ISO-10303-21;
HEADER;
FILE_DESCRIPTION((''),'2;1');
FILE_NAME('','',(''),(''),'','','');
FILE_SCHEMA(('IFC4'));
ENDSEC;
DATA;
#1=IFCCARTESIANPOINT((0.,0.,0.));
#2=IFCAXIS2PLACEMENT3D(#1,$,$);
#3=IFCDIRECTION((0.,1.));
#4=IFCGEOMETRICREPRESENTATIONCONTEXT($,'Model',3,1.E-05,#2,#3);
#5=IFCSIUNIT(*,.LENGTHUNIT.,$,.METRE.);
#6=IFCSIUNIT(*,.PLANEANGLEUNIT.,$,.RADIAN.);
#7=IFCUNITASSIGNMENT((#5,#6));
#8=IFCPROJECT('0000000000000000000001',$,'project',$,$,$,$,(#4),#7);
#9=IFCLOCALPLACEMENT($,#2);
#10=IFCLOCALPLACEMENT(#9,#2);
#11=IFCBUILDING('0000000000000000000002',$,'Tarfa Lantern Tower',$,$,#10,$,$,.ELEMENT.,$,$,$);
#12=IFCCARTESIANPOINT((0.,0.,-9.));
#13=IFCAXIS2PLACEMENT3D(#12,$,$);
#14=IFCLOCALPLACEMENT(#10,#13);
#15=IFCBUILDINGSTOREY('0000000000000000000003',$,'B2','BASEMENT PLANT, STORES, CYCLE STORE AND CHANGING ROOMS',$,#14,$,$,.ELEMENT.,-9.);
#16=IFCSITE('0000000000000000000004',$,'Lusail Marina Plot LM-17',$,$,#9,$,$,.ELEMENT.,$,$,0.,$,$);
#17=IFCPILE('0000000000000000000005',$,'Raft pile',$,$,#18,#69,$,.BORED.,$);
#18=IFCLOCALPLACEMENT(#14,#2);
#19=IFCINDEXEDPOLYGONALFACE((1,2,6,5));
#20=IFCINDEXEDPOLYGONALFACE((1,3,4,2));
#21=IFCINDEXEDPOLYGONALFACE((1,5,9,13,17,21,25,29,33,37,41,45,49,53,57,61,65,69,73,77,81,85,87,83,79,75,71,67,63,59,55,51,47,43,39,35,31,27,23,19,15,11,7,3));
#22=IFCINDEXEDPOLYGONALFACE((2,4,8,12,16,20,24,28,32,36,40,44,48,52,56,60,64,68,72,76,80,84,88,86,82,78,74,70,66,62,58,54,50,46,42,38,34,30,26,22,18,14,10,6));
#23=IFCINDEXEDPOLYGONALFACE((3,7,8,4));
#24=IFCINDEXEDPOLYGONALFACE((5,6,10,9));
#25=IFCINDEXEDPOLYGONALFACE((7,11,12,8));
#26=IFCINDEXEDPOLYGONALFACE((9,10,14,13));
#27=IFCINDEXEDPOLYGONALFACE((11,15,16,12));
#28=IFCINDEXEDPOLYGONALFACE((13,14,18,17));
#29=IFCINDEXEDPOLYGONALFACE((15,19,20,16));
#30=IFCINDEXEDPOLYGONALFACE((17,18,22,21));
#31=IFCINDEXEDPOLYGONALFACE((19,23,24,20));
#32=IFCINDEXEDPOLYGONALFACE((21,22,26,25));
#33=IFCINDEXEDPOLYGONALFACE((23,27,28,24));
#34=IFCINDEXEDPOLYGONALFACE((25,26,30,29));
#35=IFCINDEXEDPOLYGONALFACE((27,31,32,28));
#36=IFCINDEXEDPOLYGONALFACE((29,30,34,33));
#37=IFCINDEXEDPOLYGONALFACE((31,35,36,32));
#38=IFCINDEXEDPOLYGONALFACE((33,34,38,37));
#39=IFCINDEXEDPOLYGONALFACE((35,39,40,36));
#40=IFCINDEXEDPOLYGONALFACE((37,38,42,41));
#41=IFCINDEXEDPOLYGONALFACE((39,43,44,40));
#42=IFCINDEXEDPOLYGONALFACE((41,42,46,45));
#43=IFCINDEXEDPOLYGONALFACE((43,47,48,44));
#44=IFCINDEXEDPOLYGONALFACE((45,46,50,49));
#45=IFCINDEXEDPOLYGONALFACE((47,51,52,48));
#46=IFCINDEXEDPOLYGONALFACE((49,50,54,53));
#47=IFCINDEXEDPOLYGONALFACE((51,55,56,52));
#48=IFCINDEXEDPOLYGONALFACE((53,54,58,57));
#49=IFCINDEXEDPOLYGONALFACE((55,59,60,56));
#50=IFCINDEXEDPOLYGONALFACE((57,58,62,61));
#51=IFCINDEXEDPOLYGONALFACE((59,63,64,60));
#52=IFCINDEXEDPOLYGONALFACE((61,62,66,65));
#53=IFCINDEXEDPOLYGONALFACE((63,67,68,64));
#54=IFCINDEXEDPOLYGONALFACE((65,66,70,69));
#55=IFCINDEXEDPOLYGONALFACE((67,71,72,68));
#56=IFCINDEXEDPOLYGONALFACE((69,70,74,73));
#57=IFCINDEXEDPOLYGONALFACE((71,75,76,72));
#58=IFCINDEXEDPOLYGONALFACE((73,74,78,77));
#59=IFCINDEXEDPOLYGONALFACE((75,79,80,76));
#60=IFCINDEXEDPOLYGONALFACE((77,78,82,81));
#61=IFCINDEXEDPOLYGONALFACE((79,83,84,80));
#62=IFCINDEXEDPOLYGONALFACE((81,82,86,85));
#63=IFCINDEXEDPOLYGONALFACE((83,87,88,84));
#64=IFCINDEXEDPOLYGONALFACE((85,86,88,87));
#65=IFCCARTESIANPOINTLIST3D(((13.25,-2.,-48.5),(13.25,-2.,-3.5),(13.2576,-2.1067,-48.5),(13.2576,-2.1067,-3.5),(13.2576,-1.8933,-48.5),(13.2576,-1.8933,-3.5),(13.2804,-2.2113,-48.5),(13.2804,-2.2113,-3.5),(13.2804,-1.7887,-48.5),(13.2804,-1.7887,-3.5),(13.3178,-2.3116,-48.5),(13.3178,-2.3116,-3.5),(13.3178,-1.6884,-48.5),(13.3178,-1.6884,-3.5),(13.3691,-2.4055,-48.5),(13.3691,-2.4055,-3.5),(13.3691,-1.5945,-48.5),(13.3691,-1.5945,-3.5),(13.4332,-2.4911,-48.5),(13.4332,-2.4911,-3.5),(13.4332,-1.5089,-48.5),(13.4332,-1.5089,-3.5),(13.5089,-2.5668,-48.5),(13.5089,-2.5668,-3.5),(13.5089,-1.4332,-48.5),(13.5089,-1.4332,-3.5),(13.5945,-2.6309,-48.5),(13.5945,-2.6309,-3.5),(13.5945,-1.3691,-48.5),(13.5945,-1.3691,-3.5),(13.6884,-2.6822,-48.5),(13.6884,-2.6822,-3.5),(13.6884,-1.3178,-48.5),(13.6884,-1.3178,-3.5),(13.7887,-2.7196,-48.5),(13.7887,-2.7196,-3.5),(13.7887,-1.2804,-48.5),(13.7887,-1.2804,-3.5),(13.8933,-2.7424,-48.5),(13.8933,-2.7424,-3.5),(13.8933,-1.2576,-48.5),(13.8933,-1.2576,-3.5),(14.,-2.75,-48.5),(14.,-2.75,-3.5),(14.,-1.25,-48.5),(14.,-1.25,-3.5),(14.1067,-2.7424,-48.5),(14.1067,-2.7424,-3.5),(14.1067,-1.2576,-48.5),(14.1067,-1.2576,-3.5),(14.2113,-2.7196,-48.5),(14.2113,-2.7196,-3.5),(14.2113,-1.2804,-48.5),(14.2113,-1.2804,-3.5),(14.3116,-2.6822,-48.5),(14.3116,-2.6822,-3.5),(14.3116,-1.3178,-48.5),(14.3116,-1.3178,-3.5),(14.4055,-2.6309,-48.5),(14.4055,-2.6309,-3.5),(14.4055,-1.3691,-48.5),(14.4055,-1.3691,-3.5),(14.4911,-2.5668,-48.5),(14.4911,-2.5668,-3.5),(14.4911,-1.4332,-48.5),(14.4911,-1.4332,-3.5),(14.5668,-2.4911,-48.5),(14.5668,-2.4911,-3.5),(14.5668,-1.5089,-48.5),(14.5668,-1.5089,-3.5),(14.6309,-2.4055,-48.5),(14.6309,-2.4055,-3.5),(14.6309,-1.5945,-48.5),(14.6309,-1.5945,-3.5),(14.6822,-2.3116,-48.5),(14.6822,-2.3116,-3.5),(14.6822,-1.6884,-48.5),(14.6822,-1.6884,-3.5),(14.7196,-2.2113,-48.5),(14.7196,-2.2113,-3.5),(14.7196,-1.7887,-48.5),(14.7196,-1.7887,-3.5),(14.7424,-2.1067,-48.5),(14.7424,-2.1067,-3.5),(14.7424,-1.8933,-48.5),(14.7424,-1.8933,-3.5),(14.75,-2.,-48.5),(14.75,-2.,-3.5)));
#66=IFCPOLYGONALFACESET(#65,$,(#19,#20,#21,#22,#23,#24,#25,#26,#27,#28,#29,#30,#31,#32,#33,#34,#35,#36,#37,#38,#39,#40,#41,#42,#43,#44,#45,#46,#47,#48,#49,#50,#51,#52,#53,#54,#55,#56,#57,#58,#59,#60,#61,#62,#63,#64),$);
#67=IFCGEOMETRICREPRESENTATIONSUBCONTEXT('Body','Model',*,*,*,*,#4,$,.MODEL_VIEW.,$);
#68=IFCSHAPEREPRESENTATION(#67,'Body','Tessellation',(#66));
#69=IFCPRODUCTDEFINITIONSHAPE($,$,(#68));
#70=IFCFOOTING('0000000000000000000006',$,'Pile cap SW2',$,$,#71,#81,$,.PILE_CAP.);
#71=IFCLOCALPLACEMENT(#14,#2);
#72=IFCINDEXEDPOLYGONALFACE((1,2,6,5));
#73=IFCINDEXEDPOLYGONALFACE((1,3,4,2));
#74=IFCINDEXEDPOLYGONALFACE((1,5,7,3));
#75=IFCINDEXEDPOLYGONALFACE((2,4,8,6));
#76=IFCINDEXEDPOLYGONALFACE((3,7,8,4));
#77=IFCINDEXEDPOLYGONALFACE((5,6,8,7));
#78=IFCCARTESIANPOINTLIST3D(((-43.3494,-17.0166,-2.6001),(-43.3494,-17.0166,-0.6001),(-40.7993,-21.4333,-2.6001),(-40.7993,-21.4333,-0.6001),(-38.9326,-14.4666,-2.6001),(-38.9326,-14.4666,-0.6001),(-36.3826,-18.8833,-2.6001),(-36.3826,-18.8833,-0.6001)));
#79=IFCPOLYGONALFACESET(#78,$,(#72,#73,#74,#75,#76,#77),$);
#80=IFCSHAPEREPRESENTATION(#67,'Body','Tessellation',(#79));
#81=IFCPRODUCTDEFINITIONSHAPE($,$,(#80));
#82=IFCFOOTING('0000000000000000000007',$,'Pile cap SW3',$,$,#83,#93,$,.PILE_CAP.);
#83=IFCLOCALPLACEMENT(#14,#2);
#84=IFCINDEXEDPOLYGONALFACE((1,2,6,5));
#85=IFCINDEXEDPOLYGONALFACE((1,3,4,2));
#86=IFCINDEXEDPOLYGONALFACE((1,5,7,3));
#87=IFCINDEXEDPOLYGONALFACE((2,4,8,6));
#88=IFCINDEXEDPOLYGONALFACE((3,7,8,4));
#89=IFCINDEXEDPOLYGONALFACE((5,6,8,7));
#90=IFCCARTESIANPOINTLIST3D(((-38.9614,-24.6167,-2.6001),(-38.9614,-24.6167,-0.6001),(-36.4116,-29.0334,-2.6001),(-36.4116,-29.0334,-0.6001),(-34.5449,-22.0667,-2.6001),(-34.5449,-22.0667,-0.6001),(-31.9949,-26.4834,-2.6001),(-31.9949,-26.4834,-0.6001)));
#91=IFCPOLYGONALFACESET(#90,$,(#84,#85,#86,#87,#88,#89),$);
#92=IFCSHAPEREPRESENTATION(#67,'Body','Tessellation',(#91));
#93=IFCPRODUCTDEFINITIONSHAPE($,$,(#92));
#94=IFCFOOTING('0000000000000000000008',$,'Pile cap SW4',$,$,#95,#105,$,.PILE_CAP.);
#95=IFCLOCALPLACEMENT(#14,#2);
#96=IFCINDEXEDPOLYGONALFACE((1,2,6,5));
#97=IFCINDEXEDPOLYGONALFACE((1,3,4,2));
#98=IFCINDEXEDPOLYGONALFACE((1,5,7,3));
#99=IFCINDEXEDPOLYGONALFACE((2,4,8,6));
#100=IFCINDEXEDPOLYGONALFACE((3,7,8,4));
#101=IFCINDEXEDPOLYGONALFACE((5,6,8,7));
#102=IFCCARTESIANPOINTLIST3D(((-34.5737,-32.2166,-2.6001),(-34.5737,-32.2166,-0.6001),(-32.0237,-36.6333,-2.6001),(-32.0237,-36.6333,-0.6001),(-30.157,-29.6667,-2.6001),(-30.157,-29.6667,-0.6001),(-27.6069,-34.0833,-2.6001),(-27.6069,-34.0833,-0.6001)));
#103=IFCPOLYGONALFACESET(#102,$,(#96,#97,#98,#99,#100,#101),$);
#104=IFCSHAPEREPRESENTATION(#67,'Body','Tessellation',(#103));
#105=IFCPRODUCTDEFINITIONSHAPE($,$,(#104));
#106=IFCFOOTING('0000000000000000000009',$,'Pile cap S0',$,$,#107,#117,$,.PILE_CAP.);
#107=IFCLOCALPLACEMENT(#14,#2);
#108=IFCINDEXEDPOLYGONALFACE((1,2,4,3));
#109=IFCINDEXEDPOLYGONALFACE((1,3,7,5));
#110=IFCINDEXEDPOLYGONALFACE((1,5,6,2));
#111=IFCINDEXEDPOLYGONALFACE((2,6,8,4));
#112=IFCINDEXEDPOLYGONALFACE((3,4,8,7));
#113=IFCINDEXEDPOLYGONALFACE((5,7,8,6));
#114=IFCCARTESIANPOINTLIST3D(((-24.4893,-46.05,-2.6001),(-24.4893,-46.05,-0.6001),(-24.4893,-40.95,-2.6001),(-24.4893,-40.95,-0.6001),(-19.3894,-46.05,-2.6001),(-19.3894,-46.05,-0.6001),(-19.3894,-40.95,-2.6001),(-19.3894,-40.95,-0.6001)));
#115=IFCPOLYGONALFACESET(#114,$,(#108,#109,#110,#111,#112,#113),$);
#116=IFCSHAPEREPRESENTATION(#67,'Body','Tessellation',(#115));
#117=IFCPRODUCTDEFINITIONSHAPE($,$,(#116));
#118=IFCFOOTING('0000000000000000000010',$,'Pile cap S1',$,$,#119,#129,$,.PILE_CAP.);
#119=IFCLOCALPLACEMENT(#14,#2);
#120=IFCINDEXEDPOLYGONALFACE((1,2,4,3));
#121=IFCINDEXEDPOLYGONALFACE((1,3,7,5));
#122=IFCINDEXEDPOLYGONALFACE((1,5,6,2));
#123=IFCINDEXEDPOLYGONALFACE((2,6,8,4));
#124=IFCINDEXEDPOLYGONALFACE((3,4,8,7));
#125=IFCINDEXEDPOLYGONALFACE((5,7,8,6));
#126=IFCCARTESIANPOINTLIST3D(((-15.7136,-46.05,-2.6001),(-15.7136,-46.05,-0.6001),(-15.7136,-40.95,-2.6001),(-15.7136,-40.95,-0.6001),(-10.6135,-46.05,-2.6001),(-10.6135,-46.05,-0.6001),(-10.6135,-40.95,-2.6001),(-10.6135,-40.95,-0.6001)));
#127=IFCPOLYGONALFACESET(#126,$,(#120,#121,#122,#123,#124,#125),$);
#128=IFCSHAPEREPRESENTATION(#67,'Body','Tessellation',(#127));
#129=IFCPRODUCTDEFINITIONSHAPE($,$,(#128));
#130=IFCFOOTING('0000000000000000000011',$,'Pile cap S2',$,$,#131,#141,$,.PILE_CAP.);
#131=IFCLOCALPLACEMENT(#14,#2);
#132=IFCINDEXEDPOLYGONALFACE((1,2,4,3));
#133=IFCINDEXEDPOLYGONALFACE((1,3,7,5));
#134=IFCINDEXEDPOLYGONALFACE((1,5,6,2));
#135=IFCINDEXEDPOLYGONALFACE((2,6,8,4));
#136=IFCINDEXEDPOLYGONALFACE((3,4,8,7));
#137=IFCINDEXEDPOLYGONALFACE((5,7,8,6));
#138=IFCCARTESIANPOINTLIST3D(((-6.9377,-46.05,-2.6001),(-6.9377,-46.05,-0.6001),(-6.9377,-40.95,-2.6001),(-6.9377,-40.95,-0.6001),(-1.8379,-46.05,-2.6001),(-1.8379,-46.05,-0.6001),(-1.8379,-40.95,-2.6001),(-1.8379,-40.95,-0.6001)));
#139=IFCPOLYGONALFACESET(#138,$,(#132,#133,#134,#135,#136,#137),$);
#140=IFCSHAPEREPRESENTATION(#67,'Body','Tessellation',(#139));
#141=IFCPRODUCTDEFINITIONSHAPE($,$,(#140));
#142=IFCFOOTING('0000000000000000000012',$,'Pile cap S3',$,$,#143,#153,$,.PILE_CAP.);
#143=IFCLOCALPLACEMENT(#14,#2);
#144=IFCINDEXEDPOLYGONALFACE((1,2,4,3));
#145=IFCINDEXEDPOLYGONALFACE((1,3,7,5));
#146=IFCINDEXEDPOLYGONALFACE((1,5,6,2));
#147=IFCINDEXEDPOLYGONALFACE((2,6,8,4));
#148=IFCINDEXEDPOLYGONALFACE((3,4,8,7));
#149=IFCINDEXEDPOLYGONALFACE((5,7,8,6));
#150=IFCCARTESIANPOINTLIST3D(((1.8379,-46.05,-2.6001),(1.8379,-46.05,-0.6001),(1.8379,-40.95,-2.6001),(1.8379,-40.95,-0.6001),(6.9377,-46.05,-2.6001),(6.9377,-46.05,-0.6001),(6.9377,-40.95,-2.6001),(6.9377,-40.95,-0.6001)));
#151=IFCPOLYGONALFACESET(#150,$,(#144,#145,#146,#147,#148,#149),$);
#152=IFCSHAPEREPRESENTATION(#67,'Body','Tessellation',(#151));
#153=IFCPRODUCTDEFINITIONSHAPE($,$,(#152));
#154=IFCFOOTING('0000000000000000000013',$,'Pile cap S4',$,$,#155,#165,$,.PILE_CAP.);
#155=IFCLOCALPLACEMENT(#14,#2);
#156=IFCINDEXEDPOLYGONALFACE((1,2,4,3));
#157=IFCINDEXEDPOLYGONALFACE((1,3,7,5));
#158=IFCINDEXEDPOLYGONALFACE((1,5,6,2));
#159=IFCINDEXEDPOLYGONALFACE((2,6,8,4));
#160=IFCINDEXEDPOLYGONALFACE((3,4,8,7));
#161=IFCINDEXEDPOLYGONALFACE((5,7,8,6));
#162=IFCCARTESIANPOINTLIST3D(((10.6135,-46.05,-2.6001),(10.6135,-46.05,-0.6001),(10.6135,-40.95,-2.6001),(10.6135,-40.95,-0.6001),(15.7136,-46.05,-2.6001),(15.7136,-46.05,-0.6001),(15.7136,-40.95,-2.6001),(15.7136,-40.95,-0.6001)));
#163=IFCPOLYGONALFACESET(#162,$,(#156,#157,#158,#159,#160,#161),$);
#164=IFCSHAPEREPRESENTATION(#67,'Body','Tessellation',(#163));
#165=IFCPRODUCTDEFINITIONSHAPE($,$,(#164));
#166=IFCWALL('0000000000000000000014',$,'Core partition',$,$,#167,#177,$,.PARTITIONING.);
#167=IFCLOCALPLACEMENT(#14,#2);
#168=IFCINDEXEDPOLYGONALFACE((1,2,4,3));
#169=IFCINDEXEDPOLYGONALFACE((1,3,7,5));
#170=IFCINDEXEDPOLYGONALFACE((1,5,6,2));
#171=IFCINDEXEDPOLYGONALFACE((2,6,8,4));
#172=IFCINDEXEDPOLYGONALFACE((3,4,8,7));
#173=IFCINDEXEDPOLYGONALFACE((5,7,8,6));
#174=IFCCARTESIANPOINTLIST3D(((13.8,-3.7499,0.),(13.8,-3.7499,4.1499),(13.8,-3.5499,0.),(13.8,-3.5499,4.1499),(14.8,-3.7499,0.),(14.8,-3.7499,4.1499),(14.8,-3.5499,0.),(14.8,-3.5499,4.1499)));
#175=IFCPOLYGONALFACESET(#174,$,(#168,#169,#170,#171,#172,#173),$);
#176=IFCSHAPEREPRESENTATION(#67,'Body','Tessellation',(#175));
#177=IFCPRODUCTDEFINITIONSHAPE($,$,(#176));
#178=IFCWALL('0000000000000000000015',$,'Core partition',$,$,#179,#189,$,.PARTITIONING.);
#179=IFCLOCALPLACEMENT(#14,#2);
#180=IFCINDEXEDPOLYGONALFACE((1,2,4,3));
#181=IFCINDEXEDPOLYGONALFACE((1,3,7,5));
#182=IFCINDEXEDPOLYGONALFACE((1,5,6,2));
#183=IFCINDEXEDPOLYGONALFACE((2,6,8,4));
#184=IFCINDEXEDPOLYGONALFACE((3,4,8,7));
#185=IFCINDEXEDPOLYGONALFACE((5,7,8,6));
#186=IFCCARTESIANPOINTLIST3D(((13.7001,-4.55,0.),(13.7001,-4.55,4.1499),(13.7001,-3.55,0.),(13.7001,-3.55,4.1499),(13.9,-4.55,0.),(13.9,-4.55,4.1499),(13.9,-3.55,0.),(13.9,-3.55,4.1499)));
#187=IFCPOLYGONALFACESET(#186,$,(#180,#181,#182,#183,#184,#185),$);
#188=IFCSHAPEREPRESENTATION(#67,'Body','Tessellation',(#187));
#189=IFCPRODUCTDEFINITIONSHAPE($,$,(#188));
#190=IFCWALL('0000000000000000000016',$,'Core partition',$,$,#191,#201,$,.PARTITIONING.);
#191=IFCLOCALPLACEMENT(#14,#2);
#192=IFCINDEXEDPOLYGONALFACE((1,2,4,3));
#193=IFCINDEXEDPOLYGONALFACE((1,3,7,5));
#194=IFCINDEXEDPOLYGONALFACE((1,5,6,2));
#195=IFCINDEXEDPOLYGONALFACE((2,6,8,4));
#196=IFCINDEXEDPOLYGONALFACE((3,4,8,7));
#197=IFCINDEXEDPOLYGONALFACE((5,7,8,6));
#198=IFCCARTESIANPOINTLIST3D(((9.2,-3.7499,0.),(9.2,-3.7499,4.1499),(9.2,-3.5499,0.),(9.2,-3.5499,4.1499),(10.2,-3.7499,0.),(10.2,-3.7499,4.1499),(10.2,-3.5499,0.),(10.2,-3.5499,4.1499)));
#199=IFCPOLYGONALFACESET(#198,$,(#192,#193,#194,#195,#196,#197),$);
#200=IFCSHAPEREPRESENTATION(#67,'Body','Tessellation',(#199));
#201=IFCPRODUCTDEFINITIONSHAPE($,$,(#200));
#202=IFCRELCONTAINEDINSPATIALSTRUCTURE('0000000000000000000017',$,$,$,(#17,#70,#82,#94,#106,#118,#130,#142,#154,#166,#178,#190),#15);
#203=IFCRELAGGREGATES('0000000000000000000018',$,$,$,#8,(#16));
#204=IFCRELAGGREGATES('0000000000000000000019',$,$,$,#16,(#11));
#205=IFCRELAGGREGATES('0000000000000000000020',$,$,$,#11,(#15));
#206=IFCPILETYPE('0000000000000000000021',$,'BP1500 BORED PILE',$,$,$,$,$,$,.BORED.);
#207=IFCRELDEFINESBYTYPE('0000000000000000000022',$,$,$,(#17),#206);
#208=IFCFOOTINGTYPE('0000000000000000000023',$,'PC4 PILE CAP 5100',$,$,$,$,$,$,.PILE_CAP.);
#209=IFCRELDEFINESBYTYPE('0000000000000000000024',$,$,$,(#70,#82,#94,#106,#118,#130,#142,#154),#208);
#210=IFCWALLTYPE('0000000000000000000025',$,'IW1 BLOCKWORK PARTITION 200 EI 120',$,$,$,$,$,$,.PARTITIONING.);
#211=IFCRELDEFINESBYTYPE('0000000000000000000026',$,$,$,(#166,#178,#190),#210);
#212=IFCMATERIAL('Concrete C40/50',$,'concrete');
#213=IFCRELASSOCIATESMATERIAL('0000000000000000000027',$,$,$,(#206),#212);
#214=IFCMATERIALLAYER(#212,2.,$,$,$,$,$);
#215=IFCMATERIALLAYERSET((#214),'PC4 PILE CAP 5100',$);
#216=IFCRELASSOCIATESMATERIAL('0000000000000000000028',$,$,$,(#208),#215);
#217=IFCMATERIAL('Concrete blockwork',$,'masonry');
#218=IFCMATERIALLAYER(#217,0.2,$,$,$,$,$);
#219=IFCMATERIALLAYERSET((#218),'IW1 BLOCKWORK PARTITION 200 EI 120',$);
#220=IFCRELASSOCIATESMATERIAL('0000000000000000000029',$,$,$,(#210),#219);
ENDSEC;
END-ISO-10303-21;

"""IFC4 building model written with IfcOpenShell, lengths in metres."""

from ifc_helpers import new_model, si_unit, direction, frame, frame_2d, origin, origin_2d, place, context, subcontext, project, spatial, polyline, rectangle, circle, outline, extrude, material, layer, layer_set, material_profile, profile_set, type_object, element, save


model = new_model("IFC4")

# Units and contexts
model_context = context("Model", 3, precision=1e-05, world=origin(), true_north=direction((0.0, 1.0)))
body_context = subcontext(model_context, "Body", "Model", "MODEL_VIEW")
ifc_project = project(units=[si_unit("LENGTHUNIT", "METRE"), si_unit("PLANEANGLEUNIT", "RADIAN")], contexts=[model_context])

# Site, building, storey
site_placement = place(None, origin())
site = spatial("IfcSite", under=ifc_project, at=site_placement, Name="Lusail Marina Plot LM-17", CompositionType="ELEMENT", RefElevation=0.0)
building_placement = place(site_placement, origin())
building = spatial("IfcBuilding", under=site, at=building_placement, Name="Tarfa Lantern Tower", CompositionType="ELEMENT")
storey_placement = place(building_placement, frame((0.0, 0.0, -9.0)))
storey = spatial("IfcBuildingStorey", under=building, at=storey_placement, Name="B2", Description="BASEMENT PLANT, STORES, CYCLE STORE AND CHANGING ROOMS", CompositionType="ELEMENT", Elevation=-9.0)

# Pile
ifc_material_1 = material(Name="Concrete C40/50", Category="concrete")
ifc_material_profile = material_profile(ifc_material_1, circle(Radius=0.75, at=origin_2d()), Name="BORED PILE D1500")
ifc_profile_set = profile_set([ifc_material_profile], Name="Concrete C40/50")
pile_type = type_object("IfcPileType", Name="BP1500 BORED PILE", PredefinedType="BORED", material=ifc_profile_set)
for number, where, z_axis, x_axis, name in (
    (1, (14.0, -2.0, -3.5), (0.0, 0.0, -1.0), (1.0, 0.0, 0.0), "Raft pile"),
):
    element("IfcPile", number, at=place(storey_placement, frame(where, z_axis=z_axis, x_axis=x_axis)), inside=storey, type_object=pile_type, Name=name, PredefinedType="BORED", context=body_context, shape_type="SweptSolid", body=[
        extrude(circle(Radius=0.75, at=origin_2d()), origin(), (0.0, 0.0, 1.0), 45.0),
    ])

# Footings
ifc_layer_1 = layer(ifc_material_1, 2.0)
ifc_layer_set_1 = layer_set([ifc_layer_1], Name="PC4 PILE CAP 5100")
footing_type = type_object("IfcFootingType", Name="PC4 PILE CAP 5100", PredefinedType="PILE_CAP", material=ifc_layer_set_1)
footing_1_placement = place(storey_placement, frame((0.0, 0.0, -2.6001)))
element("IfcFooting", 2, at=footing_1_placement, inside=storey, type_object=footing_type, Name="Pile cap SW2", PredefinedType="PILE_CAP", context=body_context, shape_type="SweptSolid", body=[
    extrude(outline(polyline([(-43.3494, -17.0166), (-40.7993, -21.4333), (-36.3826, -18.8833), (-38.9326, -14.4666), (-43.3494, -17.0166)])), origin(), (0.0, 0.0, 1.0), 2.0),
])
footing_2_placement = place(storey_placement, frame((0.0, 0.0, -2.6001)))
element("IfcFooting", 3, at=footing_2_placement, inside=storey, type_object=footing_type, Name="Pile cap SW3", PredefinedType="PILE_CAP", context=body_context, shape_type="SweptSolid", body=[
    extrude(outline(polyline([(-38.9614, -24.6167), (-36.4116, -29.0334), (-31.9949, -26.4834), (-34.5449, -22.0667), (-38.9614, -24.6167)])), origin(), (0.0, 0.0, 1.0), 2.0),
])
footing_3_placement = place(storey_placement, frame((0.0, 0.0, -2.6001)))
element("IfcFooting", 4, at=footing_3_placement, inside=storey, type_object=footing_type, Name="Pile cap SW4", PredefinedType="PILE_CAP", context=body_context, shape_type="SweptSolid", body=[
    extrude(outline(polyline([(-34.5737, -32.2166), (-32.0237, -36.6333), (-27.6069, -34.0833), (-30.157, -29.6667), (-34.5737, -32.2166)])), origin(), (0.0, 0.0, 1.0), 2.0),
])
footing_4_placement = place(storey_placement, frame((0.0, 0.0, -2.6001)))
element("IfcFooting", 5, at=footing_4_placement, inside=storey, type_object=footing_type, Name="Pile cap S0", PredefinedType="PILE_CAP", context=body_context, shape_type="SweptSolid", body=[
    extrude(outline(polyline([(-24.4893, -46.05), (-19.3894, -46.05), (-19.3894, -40.95), (-24.4893, -40.95), (-24.4893, -46.05)])), origin(), (0.0, 0.0, 1.0), 2.0),
])
footing_5_placement = place(storey_placement, frame((0.0, 0.0, -2.6001)))
element("IfcFooting", 6, at=footing_5_placement, inside=storey, type_object=footing_type, Name="Pile cap S1", PredefinedType="PILE_CAP", context=body_context, shape_type="SweptSolid", body=[
    extrude(outline(polyline([(-15.7136, -46.05), (-10.6135, -46.05), (-10.6135, -40.95), (-15.7136, -40.95), (-15.7136, -46.05)])), origin(), (0.0, 0.0, 1.0), 2.0),
])
footing_6_placement = place(storey_placement, frame((0.0, 0.0, -2.6001)))
element("IfcFooting", 7, at=footing_6_placement, inside=storey, type_object=footing_type, Name="Pile cap S2", PredefinedType="PILE_CAP", context=body_context, shape_type="SweptSolid", body=[
    extrude(outline(polyline([(-6.9377, -46.05), (-1.8379, -46.05), (-1.8379, -40.95), (-6.9377, -40.95), (-6.9377, -46.05)])), origin(), (0.0, 0.0, 1.0), 2.0),
])
footing_7_placement = place(storey_placement, frame((0.0, 0.0, -2.6001)))
element("IfcFooting", 8, at=footing_7_placement, inside=storey, type_object=footing_type, Name="Pile cap S3", PredefinedType="PILE_CAP", context=body_context, shape_type="SweptSolid", body=[
    extrude(outline(polyline([(1.8379, -46.05), (6.9377, -46.05), (6.9377, -40.95), (1.8379, -40.95), (1.8379, -46.05)])), origin(), (0.0, 0.0, 1.0), 2.0),
])
footing_8_placement = place(storey_placement, frame((0.0, 0.0, -2.6001)))
element("IfcFooting", 9, at=footing_8_placement, inside=storey, type_object=footing_type, Name="Pile cap S4", PredefinedType="PILE_CAP", context=body_context, shape_type="SweptSolid", body=[
    extrude(outline(polyline([(10.6135, -46.05), (15.7136, -46.05), (15.7136, -40.95), (10.6135, -40.95), (10.6135, -46.05)])), origin(), (0.0, 0.0, 1.0), 2.0),
])

# Walls
ifc_material_2 = material(Name="Concrete blockwork", Category="masonry")
ifc_layer_2 = layer(ifc_material_2, 0.2)
ifc_layer_set_2 = layer_set([ifc_layer_2], Name="IW1 BLOCKWORK PARTITION 200 EI 120")
wall_type_1 = type_object("IfcWallType", Name="IW1 BLOCKWORK PARTITION 200 EI 120", PredefinedType="PARTITIONING", material=ifc_layer_set_2)
for number, where, z_axis, x_axis, name in (
    (10, (14.8, -3.6499, 0.0), (0.0, 0.0, 1.0), (-1.0, 0.0, 0.0), "Core partition"),
    (11, (13.8, -3.55, 0.0), (0.0, 0.0, 1.0), (0.0, -1.0, 0.0), "Core partition"),
    (12, (10.2, -3.6499, 0.0), (0.0, 0.0, 1.0), (-1.0, 0.0, 0.0), "Core partition"),
):
    element("IfcWall", number, at=place(storey_placement, frame(where, z_axis=z_axis, x_axis=x_axis)), inside=storey, type_object=wall_type_1, Name=name, PredefinedType="PARTITIONING", context=body_context, shape_type="SweptSolid", body=[
        extrude(rectangle(XDim=1.0, YDim=0.2, at=frame_2d((0.5, 0.0))), origin(), (0.0, 0.0, 1.0), 4.1499),
    ])

save(model, "model.ifc")
